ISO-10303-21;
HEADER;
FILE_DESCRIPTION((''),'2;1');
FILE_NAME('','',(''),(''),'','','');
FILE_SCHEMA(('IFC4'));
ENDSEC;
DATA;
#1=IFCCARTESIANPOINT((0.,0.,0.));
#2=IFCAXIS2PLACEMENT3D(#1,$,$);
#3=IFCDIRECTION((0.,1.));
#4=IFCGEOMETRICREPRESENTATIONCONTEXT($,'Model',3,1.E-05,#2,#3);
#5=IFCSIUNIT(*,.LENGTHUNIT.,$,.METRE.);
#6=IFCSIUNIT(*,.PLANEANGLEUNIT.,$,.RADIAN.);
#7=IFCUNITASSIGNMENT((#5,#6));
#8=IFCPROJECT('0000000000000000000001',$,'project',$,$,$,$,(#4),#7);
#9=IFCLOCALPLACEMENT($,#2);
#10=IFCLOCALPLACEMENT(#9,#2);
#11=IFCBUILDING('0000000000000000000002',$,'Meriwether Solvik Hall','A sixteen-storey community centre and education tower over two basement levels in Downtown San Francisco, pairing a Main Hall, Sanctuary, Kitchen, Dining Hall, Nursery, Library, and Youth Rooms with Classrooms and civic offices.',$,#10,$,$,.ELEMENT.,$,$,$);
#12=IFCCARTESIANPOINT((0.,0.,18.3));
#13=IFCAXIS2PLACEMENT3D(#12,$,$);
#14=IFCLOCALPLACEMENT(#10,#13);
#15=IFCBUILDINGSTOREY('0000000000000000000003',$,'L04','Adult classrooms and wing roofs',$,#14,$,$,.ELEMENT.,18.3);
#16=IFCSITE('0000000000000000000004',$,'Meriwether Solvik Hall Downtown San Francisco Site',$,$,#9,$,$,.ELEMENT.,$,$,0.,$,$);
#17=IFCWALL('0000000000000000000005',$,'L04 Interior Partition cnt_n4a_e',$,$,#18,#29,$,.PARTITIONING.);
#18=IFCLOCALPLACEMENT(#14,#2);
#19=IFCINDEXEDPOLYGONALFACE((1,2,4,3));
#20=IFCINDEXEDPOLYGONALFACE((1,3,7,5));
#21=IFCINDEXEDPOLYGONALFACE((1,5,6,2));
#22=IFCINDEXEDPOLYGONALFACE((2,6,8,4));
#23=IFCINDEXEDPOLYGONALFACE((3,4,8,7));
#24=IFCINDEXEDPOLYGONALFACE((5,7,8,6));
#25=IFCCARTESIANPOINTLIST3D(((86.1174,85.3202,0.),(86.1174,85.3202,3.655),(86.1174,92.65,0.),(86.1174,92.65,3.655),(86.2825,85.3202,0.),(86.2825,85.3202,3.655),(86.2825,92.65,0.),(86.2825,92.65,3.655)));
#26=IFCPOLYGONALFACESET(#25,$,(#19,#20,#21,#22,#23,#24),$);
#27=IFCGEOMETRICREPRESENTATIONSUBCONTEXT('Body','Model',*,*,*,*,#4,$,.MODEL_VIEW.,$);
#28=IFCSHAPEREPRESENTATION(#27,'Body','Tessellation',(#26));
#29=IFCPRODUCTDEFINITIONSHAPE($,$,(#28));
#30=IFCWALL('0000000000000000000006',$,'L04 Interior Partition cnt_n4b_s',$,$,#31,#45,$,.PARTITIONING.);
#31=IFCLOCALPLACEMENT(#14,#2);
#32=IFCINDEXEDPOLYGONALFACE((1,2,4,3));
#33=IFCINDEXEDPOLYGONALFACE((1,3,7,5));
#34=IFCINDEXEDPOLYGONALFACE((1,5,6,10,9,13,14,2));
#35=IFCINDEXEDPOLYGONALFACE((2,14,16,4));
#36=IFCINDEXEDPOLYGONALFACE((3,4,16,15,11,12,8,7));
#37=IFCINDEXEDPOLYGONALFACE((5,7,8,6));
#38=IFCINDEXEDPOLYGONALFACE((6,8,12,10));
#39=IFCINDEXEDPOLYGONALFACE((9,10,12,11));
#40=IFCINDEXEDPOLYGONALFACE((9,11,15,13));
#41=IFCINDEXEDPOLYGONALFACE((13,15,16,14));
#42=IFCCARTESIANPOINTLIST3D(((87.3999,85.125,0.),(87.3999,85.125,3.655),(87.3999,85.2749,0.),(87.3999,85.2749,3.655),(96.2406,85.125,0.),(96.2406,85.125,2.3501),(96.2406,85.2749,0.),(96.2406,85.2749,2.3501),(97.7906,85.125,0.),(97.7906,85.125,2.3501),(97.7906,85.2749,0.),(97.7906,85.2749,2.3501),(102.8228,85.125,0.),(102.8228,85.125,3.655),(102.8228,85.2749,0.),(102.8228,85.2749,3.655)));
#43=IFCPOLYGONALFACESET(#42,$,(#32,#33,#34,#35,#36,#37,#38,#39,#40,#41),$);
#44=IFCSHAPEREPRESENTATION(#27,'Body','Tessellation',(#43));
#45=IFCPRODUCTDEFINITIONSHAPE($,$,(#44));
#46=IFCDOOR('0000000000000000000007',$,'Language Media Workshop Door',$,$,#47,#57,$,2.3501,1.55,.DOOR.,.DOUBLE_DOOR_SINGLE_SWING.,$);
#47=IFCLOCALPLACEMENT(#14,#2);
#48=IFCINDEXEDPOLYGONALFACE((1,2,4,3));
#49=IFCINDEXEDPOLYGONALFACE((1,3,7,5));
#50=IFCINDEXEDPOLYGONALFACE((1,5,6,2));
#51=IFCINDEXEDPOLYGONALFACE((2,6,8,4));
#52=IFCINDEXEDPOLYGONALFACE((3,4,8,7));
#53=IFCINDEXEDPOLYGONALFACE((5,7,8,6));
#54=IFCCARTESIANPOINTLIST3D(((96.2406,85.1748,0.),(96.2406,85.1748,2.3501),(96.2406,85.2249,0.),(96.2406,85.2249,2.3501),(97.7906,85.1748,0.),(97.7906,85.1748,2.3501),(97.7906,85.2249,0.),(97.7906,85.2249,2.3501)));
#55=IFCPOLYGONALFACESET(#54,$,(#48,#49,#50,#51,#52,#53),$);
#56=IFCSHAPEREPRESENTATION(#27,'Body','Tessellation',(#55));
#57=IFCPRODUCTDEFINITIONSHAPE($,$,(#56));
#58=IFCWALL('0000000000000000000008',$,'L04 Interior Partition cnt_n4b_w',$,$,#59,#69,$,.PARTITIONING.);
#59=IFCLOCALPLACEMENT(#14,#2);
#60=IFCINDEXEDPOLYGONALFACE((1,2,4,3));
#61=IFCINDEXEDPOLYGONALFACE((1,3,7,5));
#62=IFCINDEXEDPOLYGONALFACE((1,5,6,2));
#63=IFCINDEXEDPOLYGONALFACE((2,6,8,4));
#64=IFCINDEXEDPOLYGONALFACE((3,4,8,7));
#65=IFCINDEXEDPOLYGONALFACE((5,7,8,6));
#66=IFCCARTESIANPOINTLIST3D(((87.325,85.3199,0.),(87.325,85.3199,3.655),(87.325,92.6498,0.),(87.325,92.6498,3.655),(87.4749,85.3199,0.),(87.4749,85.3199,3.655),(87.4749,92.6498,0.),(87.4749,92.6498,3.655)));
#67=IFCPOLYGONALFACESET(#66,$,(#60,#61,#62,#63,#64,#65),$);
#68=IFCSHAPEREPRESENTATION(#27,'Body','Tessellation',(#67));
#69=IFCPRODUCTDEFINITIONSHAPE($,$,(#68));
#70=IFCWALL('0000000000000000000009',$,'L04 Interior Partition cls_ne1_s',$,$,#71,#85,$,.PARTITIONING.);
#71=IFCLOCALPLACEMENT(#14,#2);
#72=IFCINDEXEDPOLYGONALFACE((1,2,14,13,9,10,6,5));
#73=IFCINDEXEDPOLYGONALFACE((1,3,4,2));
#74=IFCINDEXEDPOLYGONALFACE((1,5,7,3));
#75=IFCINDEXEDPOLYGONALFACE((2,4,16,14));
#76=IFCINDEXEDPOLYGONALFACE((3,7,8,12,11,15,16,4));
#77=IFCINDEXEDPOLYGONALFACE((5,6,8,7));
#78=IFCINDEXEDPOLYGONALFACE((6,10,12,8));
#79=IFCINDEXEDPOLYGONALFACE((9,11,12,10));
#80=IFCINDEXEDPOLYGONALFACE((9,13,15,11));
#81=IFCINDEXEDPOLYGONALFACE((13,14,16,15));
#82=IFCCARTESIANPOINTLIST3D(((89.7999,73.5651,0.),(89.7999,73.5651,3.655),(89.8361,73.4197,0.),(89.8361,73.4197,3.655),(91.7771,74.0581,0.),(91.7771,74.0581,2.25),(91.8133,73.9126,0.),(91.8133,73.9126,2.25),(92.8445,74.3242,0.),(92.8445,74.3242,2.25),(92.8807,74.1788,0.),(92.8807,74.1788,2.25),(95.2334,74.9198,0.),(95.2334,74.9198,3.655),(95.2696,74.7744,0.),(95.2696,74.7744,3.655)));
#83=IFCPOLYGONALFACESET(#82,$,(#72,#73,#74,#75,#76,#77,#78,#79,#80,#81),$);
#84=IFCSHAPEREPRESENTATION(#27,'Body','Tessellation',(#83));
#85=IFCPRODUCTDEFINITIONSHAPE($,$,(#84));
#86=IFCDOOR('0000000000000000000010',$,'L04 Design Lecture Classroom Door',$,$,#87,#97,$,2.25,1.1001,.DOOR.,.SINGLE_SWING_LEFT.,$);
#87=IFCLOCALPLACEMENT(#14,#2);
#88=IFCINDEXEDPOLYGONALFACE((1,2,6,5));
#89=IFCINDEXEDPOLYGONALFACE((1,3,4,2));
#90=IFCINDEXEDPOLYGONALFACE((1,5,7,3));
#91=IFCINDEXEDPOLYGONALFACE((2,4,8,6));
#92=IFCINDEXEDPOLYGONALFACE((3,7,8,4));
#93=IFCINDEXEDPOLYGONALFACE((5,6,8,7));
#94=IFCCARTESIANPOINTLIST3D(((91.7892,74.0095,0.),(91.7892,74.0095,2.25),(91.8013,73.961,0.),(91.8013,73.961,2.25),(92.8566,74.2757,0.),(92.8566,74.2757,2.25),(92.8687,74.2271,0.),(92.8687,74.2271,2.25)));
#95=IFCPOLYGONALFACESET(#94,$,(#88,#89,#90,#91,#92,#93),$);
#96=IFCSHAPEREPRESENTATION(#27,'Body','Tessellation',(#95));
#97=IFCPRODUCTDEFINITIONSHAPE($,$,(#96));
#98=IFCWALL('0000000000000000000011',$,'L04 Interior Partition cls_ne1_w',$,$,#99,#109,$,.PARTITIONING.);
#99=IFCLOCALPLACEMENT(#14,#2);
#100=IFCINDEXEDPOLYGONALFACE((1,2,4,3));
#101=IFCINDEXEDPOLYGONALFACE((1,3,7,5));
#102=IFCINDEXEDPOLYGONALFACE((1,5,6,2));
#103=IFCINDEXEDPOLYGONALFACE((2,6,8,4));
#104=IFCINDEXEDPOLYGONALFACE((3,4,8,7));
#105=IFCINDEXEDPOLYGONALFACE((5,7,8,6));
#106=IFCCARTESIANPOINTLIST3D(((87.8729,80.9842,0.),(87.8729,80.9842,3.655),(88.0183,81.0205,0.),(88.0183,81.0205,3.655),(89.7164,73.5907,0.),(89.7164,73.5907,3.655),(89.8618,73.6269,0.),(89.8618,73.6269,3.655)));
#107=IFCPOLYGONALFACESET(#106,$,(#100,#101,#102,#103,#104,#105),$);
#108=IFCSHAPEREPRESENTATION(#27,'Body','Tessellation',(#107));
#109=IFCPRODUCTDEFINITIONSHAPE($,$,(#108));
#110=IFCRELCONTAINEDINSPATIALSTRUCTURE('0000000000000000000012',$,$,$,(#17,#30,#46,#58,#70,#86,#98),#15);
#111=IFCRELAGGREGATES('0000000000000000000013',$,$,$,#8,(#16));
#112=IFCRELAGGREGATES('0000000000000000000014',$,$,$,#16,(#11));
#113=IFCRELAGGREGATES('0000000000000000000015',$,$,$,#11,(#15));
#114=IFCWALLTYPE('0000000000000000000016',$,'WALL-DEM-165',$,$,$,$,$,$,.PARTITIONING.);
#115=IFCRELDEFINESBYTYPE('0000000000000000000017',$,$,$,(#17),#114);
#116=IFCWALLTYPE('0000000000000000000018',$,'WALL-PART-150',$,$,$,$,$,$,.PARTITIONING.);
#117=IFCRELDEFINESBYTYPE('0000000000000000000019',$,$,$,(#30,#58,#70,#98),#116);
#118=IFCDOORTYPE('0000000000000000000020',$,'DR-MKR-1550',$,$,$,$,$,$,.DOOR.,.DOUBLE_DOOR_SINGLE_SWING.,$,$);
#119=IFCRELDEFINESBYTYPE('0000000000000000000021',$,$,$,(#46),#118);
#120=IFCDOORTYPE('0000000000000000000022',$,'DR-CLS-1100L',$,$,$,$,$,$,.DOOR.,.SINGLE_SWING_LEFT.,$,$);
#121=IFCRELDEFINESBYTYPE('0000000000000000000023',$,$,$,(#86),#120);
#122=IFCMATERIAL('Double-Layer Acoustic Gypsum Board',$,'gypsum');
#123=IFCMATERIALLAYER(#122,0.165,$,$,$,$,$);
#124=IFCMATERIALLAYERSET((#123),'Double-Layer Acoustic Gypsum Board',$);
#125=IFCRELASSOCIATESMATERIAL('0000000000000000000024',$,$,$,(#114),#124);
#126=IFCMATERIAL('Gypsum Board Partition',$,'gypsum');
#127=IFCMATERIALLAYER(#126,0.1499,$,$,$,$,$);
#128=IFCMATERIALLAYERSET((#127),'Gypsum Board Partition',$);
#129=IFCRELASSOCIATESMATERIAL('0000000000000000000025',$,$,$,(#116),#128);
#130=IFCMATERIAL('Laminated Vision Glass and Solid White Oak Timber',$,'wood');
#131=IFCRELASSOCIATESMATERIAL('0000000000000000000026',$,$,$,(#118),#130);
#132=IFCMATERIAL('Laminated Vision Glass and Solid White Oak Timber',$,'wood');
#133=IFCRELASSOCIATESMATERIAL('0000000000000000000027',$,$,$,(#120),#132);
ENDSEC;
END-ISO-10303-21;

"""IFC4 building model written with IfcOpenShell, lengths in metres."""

from ifc_helpers import new_model, si_unit, direction, frame, frame_2d, origin, place, context, subcontext, project, spatial, rectangle, extrude, material, layer, layer_set, type_object, element, fill, save


model = new_model("IFC4")

# Units and contexts
model_context = context("Model", 3, precision=1e-05, world=origin(), true_north=direction((0.0, 1.0)))
body_context = subcontext(model_context, "Body", "Model", "MODEL_VIEW")
ifc_project = project(units=[si_unit("LENGTHUNIT", "METRE"), si_unit("PLANEANGLEUNIT", "RADIAN")], contexts=[model_context])

# Site, building, storey
site_placement = place(None, origin())
site = spatial("IfcSite", under=ifc_project, at=site_placement, Name="Meriwether Solvik Hall Downtown San Francisco Site", CompositionType="ELEMENT", RefElevation=0.0)
building_placement = place(site_placement, origin())
building = spatial("IfcBuilding", under=site, at=building_placement, Name="Meriwether Solvik Hall", Description="A sixteen-storey community centre and education tower over two basement levels in Downtown San Francisco, pairing a Main Hall, Sanctuary, Kitchen, Dining Hall, Nursery, Library, and Youth Rooms with Classrooms and civic offices.", CompositionType="ELEMENT")
storey_placement = place(building_placement, frame((0.0, 0.0, 18.3)))
storey = spatial("IfcBuildingStorey", under=building, at=storey_placement, Name="L04", Description="Adult classrooms and wing roofs", CompositionType="ELEMENT", Elevation=18.3)

# Wall
ifc_material_1 = material(Name="Double-Layer Acoustic Gypsum Board", Category="gypsum")
ifc_layer_1 = layer(ifc_material_1, 0.165)
ifc_layer_set_1 = layer_set([ifc_layer_1], Name="Double-Layer Acoustic Gypsum Board")
wall_type_1 = type_object("IfcWallType", Name="WALL-DEM-165", PredefinedType="PARTITIONING", material=ifc_layer_set_1)
wall_1_placement = place(storey_placement, frame((86.2, 85.3201, 0.0), z_axis=(0.0, 0.0, 1.0), x_axis=(0.0, 1.0, 0.0)))
element("IfcWall", 1, at=wall_1_placement, inside=storey, type_object=wall_type_1, Name="L04 Interior Partition cnt_n4a_e", PredefinedType="PARTITIONING", context=body_context, shape_type="SweptSolid", body=[
    extrude(rectangle(XDim=7.3298, YDim=0.165, at=frame_2d((3.665, 0.0))), origin(), (0.0, 0.0, 1.0), 3.655),
])

# Wall, opening, door
ifc_material_2 = material(Name="Gypsum Board Partition", Category="gypsum")
ifc_layer_2 = layer(ifc_material_2, 0.1499)
ifc_layer_set_2 = layer_set([ifc_layer_2], Name="Gypsum Board Partition")
wall_type_2 = type_object("IfcWallType", Name="WALL-PART-150", PredefinedType="PARTITIONING", material=ifc_layer_set_2)
wall_2_placement = place(storey_placement, frame((87.3999, 85.2, 0.0), z_axis=(0.0, 0.0, 1.0), x_axis=(1.0, 0.0, 0.0)))
wall_2 = element("IfcWall", 2, at=wall_2_placement, inside=storey, type_object=wall_type_2, Name="L04 Interior Partition cnt_n4b_s", PredefinedType="PARTITIONING", context=body_context, shape_type="SweptSolid", body=[
    extrude(rectangle(XDim=15.4229, YDim=0.1499, at=frame_2d((7.7114, 0.0))), origin(), (0.0, 0.0, 1.0), 3.655),
])
opening_1_placement = place(wall_2_placement, frame((8.8408, 0.0, 0.0)))
opening_1 = element("IfcOpeningElement", 3, at=opening_1_placement, cuts=wall_2, PredefinedType="OPENING", context=body_context, shape_type="SweptSolid", body=[
    extrude(rectangle(XDim=1.55, YDim=2.3501, at=frame_2d((0.7749, 1.175))), frame((0.0, 0.0869, 0.0), z_axis=(0.0, -1.0, 0.0), x_axis=(1.0, 0.0, 0.0)), (0.0, 0.0, 1.0), 0.1738),
])
ifc_material_3 = material(Name="Laminated Vision Glass and Solid White Oak Timber", Category="wood")
door_type_1 = type_object("IfcDoorType", Name="DR-MKR-1550", OperationType="DOUBLE_DOOR_SINGLE_SWING", PredefinedType="DOOR", material=ifc_material_3)
door_1_placement = place(opening_1_placement, origin())
door_1 = element("IfcDoor", 4, at=door_1_placement, inside=storey, type_object=door_type_1, Name="Language Media Workshop Door", OperationType="DOUBLE_DOOR_SINGLE_SWING", OverallHeight=2.3501, OverallWidth=1.55, PredefinedType="DOOR", context=body_context, shape_type="SweptSolid", body=[
    extrude(rectangle(XDim=1.55, YDim=2.3501, at=frame_2d((0.7749, 1.175))), frame((0.0, 0.0249, 0.0), z_axis=(0.0, -1.0, 0.0), x_axis=(1.0, 0.0, 0.0)), (0.0, 0.0, 1.0), 0.05),
])
fill(opening_1, door_1)

# Wall
wall_3_placement = place(storey_placement, frame((87.3999, 92.6499, 0.0), z_axis=(0.0, 0.0, 1.0), x_axis=(0.0, -1.0, 0.0)))
element("IfcWall", 5, at=wall_3_placement, inside=storey, type_object=wall_type_2, Name="L04 Interior Partition cnt_n4b_w", PredefinedType="PARTITIONING", context=body_context, shape_type="SweptSolid", body=[
    extrude(rectangle(XDim=7.3298, YDim=0.1499, at=frame_2d((3.665, 0.0))), origin(), (0.0, 0.0, 1.0), 3.655),
])

# Wall, opening, door
wall_4_placement = place(storey_placement, frame((89.8181, 73.4924, 0.0), z_axis=(0.0, 0.0, 1.0), x_axis=(0.970296, 0.24192, 0.0)))
wall_4 = element("IfcWall", 6, at=wall_4_placement, inside=storey, type_object=wall_type_2, Name="L04 Interior Partition cls_ne1_s", PredefinedType="PARTITIONING", context=body_context, shape_type="SweptSolid", body=[
    extrude(rectangle(XDim=5.5999, YDim=0.1499, at=frame_2d((2.7998, 0.0))), origin(), (0.0, 0.0, 1.0), 3.655),
])
opening_2_placement = place(wall_4_placement, frame((2.0376, 0.0, 0.0)))
opening_2 = element("IfcOpeningElement", 7, at=opening_2_placement, cuts=wall_4, PredefinedType="OPENING", context=body_context, shape_type="SweptSolid", body=[
    extrude(rectangle(XDim=1.1001, YDim=2.25, at=frame_2d((0.55, 1.125))), frame((0.0, 0.0869, 0.0), z_axis=(0.0, -1.0, 0.0), x_axis=(1.0, 0.0, 0.0)), (0.0, 0.0, 1.0), 0.1738),
])
ifc_material_4 = material(Name="Laminated Vision Glass and Solid White Oak Timber", Category="wood")
door_type_2 = type_object("IfcDoorType", Name="DR-CLS-1100L", OperationType="SINGLE_SWING_LEFT", PredefinedType="DOOR", material=ifc_material_4)
door_2_placement = place(opening_2_placement, origin())
door_2 = element("IfcDoor", 8, at=door_2_placement, inside=storey, type_object=door_type_2, Name="L04 Design Lecture Classroom Door", OperationType="SINGLE_SWING_LEFT", OverallHeight=2.25, OverallWidth=1.1001, PredefinedType="DOOR", context=body_context, shape_type="SweptSolid", body=[
    extrude(rectangle(XDim=1.1001, YDim=2.25, at=frame_2d((0.55, 1.125))), frame((0.0, 0.0249, 0.0), z_axis=(0.0, -1.0, 0.0), x_axis=(1.0, 0.0, 0.0)), (0.0, 0.0, 1.0), 0.05),
])
fill(opening_2, door_2)

# Wall
wall_5_placement = place(storey_placement, frame((87.9456, 81.0024, 0.0), z_axis=(0.0, 0.0, 1.0), x_axis=(0.241932, -0.970293, 0.0)))
element("IfcWall", 9, at=wall_5_placement, inside=storey, type_object=wall_type_2, Name="L04 Interior Partition cls_ne1_w", PredefinedType="PARTITIONING", context=body_context, shape_type="SweptSolid", body=[
    extrude(rectangle(XDim=7.6199, YDim=0.1499, at=frame_2d((3.8101, 0.0))), origin(), (0.0, 0.0, 1.0), 3.655),
])

save(model, "model.ifc")
